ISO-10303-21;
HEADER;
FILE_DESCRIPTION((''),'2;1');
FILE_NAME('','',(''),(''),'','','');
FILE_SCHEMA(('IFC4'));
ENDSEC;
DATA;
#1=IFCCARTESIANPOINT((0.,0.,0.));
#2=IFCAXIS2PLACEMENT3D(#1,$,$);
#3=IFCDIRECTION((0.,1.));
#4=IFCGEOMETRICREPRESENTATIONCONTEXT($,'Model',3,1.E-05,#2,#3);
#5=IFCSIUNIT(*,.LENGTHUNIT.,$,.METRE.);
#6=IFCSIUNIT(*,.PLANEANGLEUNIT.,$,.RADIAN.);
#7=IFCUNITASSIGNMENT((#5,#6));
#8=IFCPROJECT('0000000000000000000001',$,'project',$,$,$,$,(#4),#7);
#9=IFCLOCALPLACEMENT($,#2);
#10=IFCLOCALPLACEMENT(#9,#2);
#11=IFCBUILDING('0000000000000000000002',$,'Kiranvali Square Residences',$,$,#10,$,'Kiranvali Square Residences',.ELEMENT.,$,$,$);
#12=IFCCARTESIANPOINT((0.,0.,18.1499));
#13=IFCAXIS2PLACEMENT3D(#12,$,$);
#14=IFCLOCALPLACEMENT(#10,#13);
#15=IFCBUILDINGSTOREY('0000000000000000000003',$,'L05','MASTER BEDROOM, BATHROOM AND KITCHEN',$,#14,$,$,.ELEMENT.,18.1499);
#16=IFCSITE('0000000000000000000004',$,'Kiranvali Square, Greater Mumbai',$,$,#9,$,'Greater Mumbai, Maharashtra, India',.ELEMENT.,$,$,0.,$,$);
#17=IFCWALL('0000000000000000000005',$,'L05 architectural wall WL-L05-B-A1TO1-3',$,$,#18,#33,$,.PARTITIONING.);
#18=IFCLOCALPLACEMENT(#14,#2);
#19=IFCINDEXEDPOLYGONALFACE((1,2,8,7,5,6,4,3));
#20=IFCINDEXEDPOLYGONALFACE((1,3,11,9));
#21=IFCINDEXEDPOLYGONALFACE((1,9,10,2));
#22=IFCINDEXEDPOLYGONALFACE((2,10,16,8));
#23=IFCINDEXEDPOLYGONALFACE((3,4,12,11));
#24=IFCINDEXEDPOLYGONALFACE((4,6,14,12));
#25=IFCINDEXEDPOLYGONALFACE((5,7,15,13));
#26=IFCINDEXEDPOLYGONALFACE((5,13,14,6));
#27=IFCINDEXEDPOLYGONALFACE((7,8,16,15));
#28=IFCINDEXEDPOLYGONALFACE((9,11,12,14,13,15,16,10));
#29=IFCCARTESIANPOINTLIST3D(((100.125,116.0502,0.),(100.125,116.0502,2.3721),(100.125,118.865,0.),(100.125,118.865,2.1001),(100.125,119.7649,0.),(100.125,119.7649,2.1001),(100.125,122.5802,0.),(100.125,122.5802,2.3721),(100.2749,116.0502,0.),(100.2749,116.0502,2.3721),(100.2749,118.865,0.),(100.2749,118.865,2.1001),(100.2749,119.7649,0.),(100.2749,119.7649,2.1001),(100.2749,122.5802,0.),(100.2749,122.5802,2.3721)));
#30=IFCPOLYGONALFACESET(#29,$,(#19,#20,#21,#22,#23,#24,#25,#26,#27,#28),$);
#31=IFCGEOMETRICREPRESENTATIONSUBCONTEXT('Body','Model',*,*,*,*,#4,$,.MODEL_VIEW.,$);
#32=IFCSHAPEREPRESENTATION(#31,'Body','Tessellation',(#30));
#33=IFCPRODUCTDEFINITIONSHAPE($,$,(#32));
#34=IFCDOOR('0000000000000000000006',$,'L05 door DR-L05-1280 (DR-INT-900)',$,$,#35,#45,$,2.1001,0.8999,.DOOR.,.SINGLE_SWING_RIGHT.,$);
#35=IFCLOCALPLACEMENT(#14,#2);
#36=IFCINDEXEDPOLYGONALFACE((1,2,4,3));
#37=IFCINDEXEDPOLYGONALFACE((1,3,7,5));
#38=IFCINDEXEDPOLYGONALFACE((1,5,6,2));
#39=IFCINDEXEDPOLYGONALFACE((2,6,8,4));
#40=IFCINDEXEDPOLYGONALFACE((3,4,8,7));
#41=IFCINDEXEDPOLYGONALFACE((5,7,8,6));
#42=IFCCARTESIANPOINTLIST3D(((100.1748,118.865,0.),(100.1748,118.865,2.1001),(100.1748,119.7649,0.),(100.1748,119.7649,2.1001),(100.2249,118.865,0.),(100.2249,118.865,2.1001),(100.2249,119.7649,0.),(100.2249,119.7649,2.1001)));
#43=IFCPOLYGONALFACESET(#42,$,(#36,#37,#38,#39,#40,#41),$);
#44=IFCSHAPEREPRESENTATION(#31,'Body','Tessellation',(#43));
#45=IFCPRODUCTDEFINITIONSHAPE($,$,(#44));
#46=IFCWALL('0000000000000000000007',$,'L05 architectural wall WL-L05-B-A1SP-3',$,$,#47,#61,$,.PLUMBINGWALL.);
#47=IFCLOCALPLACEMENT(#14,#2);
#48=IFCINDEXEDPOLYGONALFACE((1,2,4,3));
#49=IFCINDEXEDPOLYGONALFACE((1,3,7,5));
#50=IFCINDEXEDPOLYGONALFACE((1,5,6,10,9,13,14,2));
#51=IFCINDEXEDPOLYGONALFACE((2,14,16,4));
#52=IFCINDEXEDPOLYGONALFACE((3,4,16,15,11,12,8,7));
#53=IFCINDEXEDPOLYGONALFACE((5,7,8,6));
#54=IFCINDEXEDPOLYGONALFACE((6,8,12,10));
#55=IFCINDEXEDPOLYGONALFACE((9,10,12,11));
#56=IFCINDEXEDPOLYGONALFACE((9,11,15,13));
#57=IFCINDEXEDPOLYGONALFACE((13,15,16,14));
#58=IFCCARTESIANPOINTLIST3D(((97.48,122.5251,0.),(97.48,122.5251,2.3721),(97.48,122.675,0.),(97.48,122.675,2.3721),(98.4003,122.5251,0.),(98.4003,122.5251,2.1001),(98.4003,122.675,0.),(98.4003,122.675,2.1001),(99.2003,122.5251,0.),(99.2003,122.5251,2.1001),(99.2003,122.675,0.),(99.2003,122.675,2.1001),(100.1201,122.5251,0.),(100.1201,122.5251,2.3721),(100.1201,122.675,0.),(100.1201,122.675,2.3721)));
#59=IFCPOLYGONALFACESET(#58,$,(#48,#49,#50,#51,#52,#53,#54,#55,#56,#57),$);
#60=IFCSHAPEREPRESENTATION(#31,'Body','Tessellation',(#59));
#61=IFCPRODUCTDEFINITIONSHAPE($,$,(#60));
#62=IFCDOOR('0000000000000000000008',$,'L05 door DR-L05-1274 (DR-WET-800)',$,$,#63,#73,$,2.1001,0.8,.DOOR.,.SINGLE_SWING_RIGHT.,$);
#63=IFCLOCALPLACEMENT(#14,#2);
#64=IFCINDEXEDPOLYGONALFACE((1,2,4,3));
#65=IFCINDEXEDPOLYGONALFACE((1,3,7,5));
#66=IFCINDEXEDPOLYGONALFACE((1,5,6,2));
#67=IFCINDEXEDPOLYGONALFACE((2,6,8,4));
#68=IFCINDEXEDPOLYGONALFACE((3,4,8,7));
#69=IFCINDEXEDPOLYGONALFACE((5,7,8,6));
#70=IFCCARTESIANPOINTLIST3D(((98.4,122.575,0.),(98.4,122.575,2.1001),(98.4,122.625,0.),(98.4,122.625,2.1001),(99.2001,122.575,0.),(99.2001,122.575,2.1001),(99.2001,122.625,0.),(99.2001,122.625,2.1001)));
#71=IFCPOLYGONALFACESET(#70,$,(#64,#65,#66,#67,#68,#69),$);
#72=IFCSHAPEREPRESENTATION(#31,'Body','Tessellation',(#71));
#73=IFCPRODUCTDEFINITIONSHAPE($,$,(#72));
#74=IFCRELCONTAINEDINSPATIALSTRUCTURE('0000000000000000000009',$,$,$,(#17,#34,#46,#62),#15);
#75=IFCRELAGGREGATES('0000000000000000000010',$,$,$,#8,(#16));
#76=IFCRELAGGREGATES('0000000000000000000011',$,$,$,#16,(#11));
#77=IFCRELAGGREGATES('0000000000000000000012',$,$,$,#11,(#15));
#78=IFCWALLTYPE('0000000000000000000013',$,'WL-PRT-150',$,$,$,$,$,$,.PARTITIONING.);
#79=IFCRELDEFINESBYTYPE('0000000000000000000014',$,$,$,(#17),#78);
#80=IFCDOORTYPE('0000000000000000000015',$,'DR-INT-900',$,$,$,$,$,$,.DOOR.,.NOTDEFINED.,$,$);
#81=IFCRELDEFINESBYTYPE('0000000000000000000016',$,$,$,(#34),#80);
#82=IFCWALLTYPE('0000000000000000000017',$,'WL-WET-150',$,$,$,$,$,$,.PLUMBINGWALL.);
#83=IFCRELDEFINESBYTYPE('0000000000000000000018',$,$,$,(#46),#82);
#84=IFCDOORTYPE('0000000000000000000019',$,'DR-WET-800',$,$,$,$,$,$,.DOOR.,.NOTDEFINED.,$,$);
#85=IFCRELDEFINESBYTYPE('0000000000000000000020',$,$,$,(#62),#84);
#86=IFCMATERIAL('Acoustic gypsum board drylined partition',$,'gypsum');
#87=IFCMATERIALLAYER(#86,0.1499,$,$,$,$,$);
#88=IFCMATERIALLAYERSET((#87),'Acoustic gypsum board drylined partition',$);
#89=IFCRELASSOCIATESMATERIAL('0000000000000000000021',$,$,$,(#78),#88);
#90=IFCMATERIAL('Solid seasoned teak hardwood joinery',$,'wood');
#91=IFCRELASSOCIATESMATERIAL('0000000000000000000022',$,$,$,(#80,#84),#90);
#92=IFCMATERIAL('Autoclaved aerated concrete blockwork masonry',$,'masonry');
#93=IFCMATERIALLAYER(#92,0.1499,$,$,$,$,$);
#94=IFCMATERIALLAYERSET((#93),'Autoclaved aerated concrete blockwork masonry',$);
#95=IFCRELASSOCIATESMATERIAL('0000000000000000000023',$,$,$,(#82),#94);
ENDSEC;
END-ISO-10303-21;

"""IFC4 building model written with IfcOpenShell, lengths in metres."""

from ifc_helpers import new_model, si_unit, direction, frame, frame_2d, origin, place, context, subcontext, project, spatial, rectangle, extrude, material, layer, layer_set, type_object, element, fill, save


model = new_model("IFC4")

# Units and contexts
model_context = context("Model", 3, precision=1e-05, world=origin(), true_north=direction((0.0, 1.0)))
body_context = subcontext(model_context, "Body", "Model", "MODEL_VIEW")
ifc_project = project(units=[si_unit("LENGTHUNIT", "METRE"), si_unit("PLANEANGLEUNIT", "RADIAN")], contexts=[model_context])

# Site, building, storey
site_placement = place(None, origin())
site = spatial("IfcSite", under=ifc_project, at=site_placement, Name="Kiranvali Square, Greater Mumbai", LongName="Greater Mumbai, Maharashtra, India", CompositionType="ELEMENT", RefElevation=0.0)
building_placement = place(site_placement, origin())
building = spatial("IfcBuilding", under=site, at=building_placement, Name="Kiranvali Square Residences", LongName="Kiranvali Square Residences", CompositionType="ELEMENT")
storey_placement = place(building_placement, frame((0.0, 0.0, 18.1499)))
storey = spatial("IfcBuildingStorey", under=building, at=storey_placement, Name="L05", Description="MASTER BEDROOM, BATHROOM AND KITCHEN", CompositionType="ELEMENT", Elevation=18.1499)

# Shared definitions
ifc_material_1 = material(Name="Autoclaved aerated concrete blockwork masonry", Category="masonry")

# Walls, openings, doors
ifc_material_2 = material(Name="Acoustic gypsum board drylined partition", Category="gypsum")
ifc_layer_1 = layer(ifc_material_2, 0.1499)
ifc_layer_set_1 = layer_set([ifc_layer_1], Name="Acoustic gypsum board drylined partition")
wall_type_1 = type_object("IfcWallType", Name="WL-PRT-150", PredefinedType="PARTITIONING", material=ifc_layer_set_1)
ifc_material_3 = material(Name="Solid seasoned teak hardwood joinery", Category="wood")
door_type_1 = type_object("IfcDoorType", Name="DR-INT-900", OperationType="NOTDEFINED", PredefinedType="DOOR", material=ifc_material_3)
wall_1_placement = place(storey_placement, frame((100.2, 116.05, 0.0), z_axis=(0.0, 0.0, 1.0), x_axis=(0.0, 1.0, 0.0)))
wall_1 = element("IfcWall", 1, at=wall_1_placement, inside=storey, type_object=wall_type_1, Name="L05 architectural wall WL-L05-B-A1TO1-3", PredefinedType="PARTITIONING", context=body_context, shape_type="SweptSolid", body=[
    extrude(rectangle(XDim=6.53, YDim=0.1499, at=frame_2d((3.2651, 0.0))), origin(), (0.0, 0.0, 1.0), 2.3721),
])
opening_1_placement = place(wall_1_placement, frame((2.8149, 0.0, 0.0)))
opening_1 = element("IfcOpeningElement", 2, at=opening_1_placement, cuts=wall_1, PredefinedType="OPENING", context=body_context, shape_type="SweptSolid", body=[
    extrude(rectangle(XDim=0.8999, YDim=2.1001, at=frame_2d((0.45, 1.05))), frame((0.0, 0.085, 0.0), z_axis=(0.0, -1.0, 0.0), x_axis=(1.0, 0.0, 0.0)), (0.0, 0.0, 1.0), 0.1699),
])
door_1_placement = place(opening_1_placement, frame((0.8999, 0.0, 0.0), z_axis=(0.0, 0.0, 1.0), x_axis=(-1.0, 0.0, 0.0)))
door_1 = element("IfcDoor", 3, at=door_1_placement, inside=storey, type_object=door_type_1, Name="L05 door DR-L05-1280 (DR-INT-900)", OperationType="SINGLE_SWING_RIGHT", OverallHeight=2.1001, OverallWidth=0.8999, PredefinedType="DOOR", context=body_context, shape_type="SweptSolid", body=[
    extrude(rectangle(XDim=0.8999, YDim=2.1001, at=frame_2d((0.45, 1.05))), frame((0.0, 0.0249, 0.0), z_axis=(0.0, -1.0, 0.0), x_axis=(1.0, 0.0, 0.0)), (0.0, 0.0, 1.0), 0.05),
])
fill(opening_1, door_1)
ifc_layer_2 = layer(ifc_material_1, 0.1499)
ifc_layer_set_2 = layer_set([ifc_layer_2], Name="Autoclaved aerated concrete blockwork masonry")
wall_type_2 = type_object("IfcWallType", Name="WL-WET-150", PredefinedType="PLUMBINGWALL", material=ifc_layer_set_2)
wall_2_placement = place(storey_placement, frame((100.1201, 122.6001, 0.0), z_axis=(0.0, 0.0, 1.0), x_axis=(-1.0, 0.0, 0.0)))
wall_2 = element("IfcWall", 4, at=wall_2_placement, inside=storey, type_object=wall_type_2, Name="L05 architectural wall WL-L05-B-A1SP-3", PredefinedType="PLUMBINGWALL", context=body_context, shape_type="SweptSolid", body=[
    extrude(rectangle(XDim=2.6401, YDim=0.1499, at=frame_2d((1.3201, 0.0))), origin(), (0.0, 0.0, 1.0), 2.3721),
])
opening_2_placement = place(wall_2_placement, frame((0.9199, 0.0, 0.0)))
opening_2 = element("IfcOpeningElement", 5, at=opening_2_placement, cuts=wall_2, PredefinedType="OPENING", context=body_context, shape_type="SweptSolid", body=[
    extrude(rectangle(XDim=0.8, YDim=2.1001, at=frame_2d((0.3999, 1.05))), frame((0.0, 0.085, 0.0), z_axis=(0.0, -1.0, 0.0), x_axis=(1.0, 0.0, 0.0)), (0.0, 0.0, 1.0), 0.1699),
])
door_type_2 = type_object("IfcDoorType", Name="DR-WET-800", OperationType="NOTDEFINED", PredefinedType="DOOR", material=ifc_material_3)
door_2_placement = place(opening_2_placement, frame((0.8, 0.0, 0.0), z_axis=(0.0, 0.0, 1.0), x_axis=(-1.0, 0.0, 0.0)))
door_2 = element("IfcDoor", 6, at=door_2_placement, inside=storey, type_object=door_type_2, Name="L05 door DR-L05-1274 (DR-WET-800)", OperationType="SINGLE_SWING_RIGHT", OverallHeight=2.1001, OverallWidth=0.8, PredefinedType="DOOR", context=body_context, shape_type="SweptSolid", body=[
    extrude(rectangle(XDim=0.8, YDim=2.1001, at=frame_2d((0.3999, 1.05))), frame((0.0, 0.0249, 0.0), z_axis=(0.0, -1.0, 0.0), x_axis=(1.0, 0.0, 0.0)), (0.0, 0.0, 1.0), 0.05),
])
fill(opening_2, door_2)

save(model, "model.ifc")
